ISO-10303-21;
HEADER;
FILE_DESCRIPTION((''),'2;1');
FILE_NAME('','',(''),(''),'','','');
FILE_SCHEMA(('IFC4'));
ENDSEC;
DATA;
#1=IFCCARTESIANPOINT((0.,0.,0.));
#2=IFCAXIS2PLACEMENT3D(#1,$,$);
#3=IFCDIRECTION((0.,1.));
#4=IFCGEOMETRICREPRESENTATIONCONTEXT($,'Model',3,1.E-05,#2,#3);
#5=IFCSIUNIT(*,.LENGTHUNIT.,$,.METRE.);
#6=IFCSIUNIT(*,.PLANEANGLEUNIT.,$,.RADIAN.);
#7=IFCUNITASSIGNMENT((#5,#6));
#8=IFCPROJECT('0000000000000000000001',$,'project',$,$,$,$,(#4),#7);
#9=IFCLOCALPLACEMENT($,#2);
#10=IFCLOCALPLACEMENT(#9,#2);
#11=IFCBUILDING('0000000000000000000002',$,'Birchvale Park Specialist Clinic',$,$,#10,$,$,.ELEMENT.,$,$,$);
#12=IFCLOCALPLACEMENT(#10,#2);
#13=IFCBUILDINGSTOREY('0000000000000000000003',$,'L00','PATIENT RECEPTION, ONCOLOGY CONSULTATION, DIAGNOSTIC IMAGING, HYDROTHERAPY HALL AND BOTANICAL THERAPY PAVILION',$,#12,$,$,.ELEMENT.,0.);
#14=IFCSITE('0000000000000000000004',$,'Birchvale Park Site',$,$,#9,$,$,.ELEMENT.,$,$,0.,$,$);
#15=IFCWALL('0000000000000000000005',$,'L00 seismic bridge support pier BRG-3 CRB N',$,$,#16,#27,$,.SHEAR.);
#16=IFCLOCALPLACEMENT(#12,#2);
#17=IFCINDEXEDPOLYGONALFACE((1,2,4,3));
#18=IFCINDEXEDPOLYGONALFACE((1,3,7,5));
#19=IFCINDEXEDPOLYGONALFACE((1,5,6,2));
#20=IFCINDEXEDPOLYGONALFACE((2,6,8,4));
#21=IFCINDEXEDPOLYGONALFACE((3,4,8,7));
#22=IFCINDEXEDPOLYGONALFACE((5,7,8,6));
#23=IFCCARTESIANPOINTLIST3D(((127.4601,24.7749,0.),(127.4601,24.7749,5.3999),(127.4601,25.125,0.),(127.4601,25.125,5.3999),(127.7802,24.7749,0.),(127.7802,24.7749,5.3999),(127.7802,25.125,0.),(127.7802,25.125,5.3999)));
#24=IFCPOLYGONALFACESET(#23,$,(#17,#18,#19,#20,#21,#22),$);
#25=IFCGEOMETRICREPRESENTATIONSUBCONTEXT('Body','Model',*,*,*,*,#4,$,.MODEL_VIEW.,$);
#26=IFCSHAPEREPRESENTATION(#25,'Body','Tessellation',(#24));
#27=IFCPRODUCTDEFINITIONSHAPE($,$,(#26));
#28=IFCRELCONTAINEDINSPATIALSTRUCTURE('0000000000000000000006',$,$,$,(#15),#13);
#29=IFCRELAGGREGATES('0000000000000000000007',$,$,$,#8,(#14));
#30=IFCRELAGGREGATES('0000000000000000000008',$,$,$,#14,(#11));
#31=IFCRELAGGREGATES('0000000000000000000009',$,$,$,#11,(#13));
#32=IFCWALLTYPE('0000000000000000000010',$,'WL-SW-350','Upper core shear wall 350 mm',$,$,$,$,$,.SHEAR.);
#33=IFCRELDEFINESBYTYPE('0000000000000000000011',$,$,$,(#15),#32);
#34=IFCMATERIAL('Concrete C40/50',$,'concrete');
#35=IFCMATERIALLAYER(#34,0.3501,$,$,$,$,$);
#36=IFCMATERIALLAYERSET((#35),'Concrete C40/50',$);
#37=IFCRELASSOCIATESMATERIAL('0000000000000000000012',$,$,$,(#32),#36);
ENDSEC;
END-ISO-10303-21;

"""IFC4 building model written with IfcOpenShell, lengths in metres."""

from ifc_helpers import new_model, si_unit, direction, frame, frame_2d, origin, place, context, subcontext, project, spatial, rectangle, extrude, material, layer, layer_set, type_object, element, save


model = new_model("IFC4")

# Units and contexts
model_context = context("Model", 3, precision=1e-05, world=origin(), true_north=direction((0.0, 1.0)))
body_context = subcontext(model_context, "Body", "Model", "MODEL_VIEW")
ifc_project = project(units=[si_unit("LENGTHUNIT", "METRE"), si_unit("PLANEANGLEUNIT", "RADIAN")], contexts=[model_context])

# Site, building, storey
site_placement = place(None, origin())
site = spatial("IfcSite", under=ifc_project, at=site_placement, Name="Birchvale Park Site", CompositionType="ELEMENT", RefElevation=0.0)
building_placement = place(site_placement, origin())
building = spatial("IfcBuilding", under=site, at=building_placement, Name="Birchvale Park Specialist Clinic", CompositionType="ELEMENT")
storey_placement = place(building_placement, origin())
storey = spatial("IfcBuildingStorey", under=building, at=storey_placement, Name="L00", Description="PATIENT RECEPTION, ONCOLOGY CONSULTATION, DIAGNOSTIC IMAGING, HYDROTHERAPY HALL AND BOTANICAL THERAPY PAVILION", CompositionType="ELEMENT", Elevation=0.0)

# Shared definitions
ifc_material_1 = material(Name="Concrete C40/50", Category="concrete")

# Wall
ifc_layer_1 = layer(ifc_material_1, 0.3501)
ifc_layer_set_1 = layer_set([ifc_layer_1], Name="Concrete C40/50")
wall_type_1 = type_object("IfcWallType", Name="WL-SW-350", Description="Upper core shear wall 350 mm", PredefinedType="SHEAR", material=ifc_layer_set_1)
wall_1_placement = place(storey_placement, frame((127.46, 24.95, 0.0), z_axis=(0.0, 0.0, 1.0), x_axis=(1.0, 0.0, 0.0)))
element("IfcWall", 1, at=wall_1_placement, inside=storey, type_object=wall_type_1, Name="L00 seismic bridge support pier BRG-3 CRB N", PredefinedType="SHEAR", context=body_context, shape_type="SweptSolid", body=[
    extrude(rectangle(XDim=0.3201, YDim=0.3501, at=frame_2d((0.1602, 0.0))), origin(), (0.0, 0.0, 1.0), 5.3999),
])

save(model, "model.ifc")
